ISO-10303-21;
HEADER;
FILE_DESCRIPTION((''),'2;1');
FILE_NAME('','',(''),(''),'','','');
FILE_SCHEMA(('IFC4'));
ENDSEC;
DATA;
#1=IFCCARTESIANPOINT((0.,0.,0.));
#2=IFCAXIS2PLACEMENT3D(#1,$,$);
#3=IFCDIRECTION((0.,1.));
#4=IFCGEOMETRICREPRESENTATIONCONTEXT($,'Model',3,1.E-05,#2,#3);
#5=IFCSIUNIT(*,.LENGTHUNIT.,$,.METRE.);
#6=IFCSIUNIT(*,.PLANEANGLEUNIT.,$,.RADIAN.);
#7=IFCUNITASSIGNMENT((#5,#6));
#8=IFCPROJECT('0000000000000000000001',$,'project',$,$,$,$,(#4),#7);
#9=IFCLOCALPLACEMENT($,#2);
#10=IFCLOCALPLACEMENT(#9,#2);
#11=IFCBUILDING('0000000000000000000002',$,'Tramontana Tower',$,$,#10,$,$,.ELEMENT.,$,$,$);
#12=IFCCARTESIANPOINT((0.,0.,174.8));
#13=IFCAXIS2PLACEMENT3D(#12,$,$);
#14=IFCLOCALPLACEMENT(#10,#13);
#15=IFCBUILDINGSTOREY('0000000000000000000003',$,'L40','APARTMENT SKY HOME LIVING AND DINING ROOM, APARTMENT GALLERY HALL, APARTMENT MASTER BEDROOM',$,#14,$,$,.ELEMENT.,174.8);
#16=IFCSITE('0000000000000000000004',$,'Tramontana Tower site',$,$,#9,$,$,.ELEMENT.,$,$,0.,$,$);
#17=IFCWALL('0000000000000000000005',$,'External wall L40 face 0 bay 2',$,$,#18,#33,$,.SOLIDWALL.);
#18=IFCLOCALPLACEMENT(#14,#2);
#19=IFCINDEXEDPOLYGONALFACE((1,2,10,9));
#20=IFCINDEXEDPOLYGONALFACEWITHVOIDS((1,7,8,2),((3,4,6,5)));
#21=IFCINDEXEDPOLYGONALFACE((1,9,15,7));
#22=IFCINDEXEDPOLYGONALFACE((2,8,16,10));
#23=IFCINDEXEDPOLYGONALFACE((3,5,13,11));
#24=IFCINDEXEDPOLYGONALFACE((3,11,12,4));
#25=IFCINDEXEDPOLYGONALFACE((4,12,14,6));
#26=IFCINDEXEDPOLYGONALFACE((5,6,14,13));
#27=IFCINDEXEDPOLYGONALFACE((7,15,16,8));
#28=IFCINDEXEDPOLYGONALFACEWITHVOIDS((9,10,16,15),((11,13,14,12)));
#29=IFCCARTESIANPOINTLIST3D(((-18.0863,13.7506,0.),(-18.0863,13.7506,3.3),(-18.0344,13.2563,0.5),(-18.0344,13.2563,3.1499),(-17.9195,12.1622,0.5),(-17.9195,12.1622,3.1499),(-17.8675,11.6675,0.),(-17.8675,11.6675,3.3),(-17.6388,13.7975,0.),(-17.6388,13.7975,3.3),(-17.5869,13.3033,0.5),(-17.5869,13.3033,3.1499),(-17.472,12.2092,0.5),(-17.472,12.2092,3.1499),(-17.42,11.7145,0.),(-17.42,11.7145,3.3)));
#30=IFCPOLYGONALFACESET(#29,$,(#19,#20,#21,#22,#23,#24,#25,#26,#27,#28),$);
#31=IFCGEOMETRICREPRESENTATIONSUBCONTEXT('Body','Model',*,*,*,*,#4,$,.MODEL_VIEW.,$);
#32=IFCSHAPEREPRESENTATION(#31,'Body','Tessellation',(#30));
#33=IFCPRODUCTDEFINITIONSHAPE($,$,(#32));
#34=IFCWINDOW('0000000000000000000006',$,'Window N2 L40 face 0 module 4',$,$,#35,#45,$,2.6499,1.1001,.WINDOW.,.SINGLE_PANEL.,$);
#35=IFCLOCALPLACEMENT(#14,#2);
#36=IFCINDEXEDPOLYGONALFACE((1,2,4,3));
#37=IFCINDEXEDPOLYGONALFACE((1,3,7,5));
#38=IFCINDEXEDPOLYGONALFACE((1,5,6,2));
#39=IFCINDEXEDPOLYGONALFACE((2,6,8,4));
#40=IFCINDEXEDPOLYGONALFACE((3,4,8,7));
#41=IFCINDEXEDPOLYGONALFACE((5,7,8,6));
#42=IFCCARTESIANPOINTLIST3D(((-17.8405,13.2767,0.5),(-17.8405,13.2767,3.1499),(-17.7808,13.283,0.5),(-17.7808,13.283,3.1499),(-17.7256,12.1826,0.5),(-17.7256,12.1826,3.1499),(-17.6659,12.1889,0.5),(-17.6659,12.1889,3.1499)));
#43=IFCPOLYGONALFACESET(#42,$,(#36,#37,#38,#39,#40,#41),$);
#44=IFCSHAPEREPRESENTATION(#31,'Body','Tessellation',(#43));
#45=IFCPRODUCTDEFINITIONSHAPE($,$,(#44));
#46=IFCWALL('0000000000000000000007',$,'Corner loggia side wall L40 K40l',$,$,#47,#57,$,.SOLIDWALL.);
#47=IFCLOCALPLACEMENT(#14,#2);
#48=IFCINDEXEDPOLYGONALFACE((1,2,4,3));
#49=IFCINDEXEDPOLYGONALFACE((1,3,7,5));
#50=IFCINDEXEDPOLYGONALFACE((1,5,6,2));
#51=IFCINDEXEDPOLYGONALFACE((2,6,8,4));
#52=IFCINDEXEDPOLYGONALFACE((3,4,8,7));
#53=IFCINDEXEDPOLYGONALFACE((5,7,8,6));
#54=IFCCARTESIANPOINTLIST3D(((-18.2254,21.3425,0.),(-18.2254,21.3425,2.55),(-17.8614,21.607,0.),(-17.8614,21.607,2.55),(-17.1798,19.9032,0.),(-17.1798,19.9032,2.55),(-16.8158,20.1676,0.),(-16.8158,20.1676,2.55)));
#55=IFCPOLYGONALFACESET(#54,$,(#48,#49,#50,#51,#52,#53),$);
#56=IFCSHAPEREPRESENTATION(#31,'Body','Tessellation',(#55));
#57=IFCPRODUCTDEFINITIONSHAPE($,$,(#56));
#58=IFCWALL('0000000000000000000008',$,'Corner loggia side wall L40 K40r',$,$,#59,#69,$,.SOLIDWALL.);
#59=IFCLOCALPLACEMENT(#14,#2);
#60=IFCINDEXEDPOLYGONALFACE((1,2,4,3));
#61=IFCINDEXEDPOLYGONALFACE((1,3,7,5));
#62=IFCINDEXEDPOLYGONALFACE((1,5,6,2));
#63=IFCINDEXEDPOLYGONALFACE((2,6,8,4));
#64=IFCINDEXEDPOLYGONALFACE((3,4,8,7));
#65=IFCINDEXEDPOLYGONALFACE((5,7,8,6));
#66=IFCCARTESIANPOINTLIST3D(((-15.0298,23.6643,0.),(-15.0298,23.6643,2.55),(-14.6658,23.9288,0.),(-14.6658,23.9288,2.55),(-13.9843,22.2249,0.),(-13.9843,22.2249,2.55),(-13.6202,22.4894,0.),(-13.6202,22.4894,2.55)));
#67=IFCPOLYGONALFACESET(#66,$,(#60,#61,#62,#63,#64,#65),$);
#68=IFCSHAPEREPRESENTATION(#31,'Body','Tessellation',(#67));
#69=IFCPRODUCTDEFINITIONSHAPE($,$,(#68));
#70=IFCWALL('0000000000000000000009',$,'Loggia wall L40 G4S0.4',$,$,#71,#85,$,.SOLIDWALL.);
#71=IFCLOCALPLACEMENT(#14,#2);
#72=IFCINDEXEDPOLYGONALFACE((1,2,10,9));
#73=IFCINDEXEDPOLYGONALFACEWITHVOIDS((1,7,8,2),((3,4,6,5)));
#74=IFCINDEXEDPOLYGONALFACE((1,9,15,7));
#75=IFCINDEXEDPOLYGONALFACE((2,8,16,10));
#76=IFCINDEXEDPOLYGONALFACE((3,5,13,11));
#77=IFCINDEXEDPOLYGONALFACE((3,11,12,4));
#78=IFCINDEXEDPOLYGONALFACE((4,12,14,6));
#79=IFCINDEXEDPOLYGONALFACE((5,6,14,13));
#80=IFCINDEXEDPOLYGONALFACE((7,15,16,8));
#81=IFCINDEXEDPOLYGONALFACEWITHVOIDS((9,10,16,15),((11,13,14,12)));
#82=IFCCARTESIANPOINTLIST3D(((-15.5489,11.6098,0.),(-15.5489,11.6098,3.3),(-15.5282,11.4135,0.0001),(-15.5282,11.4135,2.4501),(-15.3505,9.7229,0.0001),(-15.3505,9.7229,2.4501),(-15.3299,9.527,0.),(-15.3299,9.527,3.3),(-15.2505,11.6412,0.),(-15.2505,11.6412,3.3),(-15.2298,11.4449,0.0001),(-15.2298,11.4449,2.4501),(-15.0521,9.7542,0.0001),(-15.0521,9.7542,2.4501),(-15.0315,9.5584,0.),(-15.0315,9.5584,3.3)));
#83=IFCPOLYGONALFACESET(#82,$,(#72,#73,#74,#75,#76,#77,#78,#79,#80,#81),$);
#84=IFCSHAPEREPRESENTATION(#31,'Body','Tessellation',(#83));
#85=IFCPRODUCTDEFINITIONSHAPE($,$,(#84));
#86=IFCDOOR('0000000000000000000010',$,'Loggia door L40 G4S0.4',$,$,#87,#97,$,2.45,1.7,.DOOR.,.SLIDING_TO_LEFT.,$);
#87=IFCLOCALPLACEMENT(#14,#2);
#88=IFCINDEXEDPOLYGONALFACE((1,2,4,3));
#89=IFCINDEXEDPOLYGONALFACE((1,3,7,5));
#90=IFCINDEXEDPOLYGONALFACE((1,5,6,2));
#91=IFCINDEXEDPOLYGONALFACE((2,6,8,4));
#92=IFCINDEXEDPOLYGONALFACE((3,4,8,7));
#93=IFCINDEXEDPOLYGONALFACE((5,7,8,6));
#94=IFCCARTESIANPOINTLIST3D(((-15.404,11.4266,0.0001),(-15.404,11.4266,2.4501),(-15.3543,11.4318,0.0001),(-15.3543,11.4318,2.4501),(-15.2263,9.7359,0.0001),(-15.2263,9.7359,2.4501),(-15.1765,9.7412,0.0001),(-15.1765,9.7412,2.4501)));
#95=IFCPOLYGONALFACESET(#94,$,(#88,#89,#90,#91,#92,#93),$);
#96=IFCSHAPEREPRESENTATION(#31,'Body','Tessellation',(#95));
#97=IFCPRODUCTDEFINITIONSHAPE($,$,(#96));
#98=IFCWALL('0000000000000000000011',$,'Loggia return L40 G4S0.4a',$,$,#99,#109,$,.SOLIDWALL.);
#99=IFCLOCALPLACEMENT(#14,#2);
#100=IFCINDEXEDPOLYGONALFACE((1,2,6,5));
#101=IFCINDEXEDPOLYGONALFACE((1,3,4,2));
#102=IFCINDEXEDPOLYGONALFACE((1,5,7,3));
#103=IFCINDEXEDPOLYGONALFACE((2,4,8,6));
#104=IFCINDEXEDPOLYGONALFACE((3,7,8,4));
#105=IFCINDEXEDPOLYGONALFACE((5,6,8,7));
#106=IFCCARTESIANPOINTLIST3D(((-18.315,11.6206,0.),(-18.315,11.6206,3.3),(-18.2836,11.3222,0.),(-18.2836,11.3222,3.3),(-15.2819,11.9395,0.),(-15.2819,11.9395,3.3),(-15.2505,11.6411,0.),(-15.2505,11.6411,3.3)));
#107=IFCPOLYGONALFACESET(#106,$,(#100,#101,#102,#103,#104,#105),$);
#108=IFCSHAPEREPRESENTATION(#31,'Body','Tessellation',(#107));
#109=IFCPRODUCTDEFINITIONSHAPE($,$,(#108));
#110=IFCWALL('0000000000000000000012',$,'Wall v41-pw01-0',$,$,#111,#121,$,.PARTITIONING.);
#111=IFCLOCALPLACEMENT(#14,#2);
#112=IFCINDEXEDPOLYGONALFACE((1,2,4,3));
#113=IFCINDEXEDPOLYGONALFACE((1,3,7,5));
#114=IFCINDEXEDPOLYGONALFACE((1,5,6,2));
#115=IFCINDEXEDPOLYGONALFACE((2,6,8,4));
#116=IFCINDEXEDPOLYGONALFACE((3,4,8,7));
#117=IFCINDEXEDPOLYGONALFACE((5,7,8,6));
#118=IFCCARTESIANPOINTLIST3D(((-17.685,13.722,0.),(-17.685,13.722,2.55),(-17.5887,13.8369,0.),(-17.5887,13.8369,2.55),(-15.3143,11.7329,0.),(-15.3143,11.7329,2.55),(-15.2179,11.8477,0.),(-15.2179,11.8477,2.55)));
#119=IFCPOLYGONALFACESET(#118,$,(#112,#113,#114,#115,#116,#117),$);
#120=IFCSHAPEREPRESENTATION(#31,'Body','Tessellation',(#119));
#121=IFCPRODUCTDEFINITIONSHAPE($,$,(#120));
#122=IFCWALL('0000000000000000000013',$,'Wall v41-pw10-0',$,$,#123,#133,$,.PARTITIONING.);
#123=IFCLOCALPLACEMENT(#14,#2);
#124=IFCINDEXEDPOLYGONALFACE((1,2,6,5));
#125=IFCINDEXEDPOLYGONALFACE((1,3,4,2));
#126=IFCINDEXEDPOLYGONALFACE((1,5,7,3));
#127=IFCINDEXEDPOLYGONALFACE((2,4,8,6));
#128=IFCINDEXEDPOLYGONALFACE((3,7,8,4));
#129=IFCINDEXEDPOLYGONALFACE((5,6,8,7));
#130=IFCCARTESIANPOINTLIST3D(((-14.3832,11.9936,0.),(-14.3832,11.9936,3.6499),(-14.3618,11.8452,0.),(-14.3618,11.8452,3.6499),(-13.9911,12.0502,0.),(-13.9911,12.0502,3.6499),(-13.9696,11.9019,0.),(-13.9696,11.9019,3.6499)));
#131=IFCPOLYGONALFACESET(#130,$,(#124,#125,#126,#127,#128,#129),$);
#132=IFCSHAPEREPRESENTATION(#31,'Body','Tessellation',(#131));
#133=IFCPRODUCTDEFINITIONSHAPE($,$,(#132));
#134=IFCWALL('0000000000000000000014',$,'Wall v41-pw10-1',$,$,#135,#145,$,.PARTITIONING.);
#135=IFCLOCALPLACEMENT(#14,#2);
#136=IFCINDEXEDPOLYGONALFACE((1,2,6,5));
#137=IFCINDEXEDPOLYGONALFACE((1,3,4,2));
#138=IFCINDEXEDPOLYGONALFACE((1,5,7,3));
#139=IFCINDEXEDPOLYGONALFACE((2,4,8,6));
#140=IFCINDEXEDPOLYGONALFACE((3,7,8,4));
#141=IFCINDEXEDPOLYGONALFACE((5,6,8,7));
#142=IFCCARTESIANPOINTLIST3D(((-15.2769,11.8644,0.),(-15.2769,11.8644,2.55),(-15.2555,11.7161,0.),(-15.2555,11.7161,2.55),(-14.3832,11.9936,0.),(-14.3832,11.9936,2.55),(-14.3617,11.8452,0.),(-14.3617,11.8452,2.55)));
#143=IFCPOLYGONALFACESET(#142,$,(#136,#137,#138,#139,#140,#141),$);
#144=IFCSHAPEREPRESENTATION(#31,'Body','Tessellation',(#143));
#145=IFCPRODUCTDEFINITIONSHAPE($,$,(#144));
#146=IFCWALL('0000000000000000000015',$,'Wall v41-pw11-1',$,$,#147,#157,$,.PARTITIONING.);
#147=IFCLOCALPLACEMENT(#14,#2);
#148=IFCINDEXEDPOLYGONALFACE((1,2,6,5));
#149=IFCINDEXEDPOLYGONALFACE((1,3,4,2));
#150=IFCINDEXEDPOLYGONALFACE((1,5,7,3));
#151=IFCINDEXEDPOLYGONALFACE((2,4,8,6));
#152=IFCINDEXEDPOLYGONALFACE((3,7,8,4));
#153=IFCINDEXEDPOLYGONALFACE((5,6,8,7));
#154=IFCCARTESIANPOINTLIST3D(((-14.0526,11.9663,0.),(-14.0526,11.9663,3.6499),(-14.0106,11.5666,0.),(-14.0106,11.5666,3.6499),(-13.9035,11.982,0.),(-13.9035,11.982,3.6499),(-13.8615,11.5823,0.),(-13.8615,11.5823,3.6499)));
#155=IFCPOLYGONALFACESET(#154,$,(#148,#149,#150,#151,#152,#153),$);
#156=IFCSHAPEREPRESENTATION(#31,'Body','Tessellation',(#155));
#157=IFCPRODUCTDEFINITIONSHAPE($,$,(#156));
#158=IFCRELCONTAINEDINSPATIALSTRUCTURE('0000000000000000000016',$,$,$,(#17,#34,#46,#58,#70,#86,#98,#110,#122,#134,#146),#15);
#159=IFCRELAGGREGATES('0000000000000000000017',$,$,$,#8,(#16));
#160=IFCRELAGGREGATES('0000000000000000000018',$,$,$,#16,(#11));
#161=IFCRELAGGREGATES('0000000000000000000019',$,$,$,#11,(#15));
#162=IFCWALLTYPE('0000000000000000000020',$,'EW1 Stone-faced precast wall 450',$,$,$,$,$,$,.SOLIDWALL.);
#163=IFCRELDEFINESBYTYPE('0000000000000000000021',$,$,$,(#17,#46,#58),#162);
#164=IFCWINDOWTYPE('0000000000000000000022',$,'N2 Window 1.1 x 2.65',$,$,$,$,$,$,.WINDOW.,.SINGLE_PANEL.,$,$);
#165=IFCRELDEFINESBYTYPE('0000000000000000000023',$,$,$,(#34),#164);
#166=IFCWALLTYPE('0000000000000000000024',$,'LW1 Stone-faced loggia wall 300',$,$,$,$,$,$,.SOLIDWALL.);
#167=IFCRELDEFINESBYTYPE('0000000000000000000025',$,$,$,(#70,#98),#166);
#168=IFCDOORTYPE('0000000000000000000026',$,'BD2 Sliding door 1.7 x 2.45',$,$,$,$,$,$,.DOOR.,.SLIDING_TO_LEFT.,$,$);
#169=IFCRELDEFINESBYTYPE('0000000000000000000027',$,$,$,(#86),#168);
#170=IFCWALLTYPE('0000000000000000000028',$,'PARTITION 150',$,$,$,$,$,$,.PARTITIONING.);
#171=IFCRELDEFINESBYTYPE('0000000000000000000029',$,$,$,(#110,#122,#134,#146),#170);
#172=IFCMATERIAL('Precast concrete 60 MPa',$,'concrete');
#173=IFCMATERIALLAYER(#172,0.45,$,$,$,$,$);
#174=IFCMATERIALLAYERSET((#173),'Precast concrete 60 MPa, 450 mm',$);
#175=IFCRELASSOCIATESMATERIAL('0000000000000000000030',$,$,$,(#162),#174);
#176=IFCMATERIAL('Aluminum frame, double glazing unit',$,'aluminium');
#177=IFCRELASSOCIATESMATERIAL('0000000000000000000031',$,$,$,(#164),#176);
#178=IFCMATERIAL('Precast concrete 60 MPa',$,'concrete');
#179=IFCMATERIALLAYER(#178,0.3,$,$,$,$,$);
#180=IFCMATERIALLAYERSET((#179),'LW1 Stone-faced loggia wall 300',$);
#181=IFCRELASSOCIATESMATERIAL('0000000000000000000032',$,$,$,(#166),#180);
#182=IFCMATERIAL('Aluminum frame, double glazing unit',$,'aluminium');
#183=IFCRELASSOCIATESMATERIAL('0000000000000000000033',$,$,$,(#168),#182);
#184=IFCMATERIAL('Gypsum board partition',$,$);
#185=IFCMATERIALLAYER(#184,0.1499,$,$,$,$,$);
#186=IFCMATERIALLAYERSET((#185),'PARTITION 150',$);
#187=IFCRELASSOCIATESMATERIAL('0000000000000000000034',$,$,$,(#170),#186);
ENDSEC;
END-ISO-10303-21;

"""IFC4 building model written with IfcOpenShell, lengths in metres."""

from ifc_helpers import new_model, si_unit, direction, frame, frame_2d, origin, place, context, subcontext, project, spatial, rectangle, extrude, material, layer, layer_set, type_object, element, fill, save


model = new_model("IFC4")

# Units and contexts
model_context = context("Model", 3, precision=1e-05, world=origin(), true_north=direction((0.0, 1.0)))
body_context = subcontext(model_context, "Body", "Model", "MODEL_VIEW")
ifc_project = project(units=[si_unit("LENGTHUNIT", "METRE"), si_unit("PLANEANGLEUNIT", "RADIAN")], contexts=[model_context])

# Site, building, storey
site_placement = place(None, origin())
site = spatial("IfcSite", under=ifc_project, at=site_placement, Name="Tramontana Tower site", CompositionType="ELEMENT", RefElevation=0.0)
building_placement = place(site_placement, origin())
building = spatial("IfcBuilding", under=site, at=building_placement, Name="Tramontana Tower", CompositionType="ELEMENT")
storey_placement = place(building_placement, frame((0.0, 0.0, 174.8)))
storey = spatial("IfcBuildingStorey", under=building, at=storey_placement, Name="L40", Description="APARTMENT SKY HOME LIVING AND DINING ROOM, APARTMENT GALLERY HALL, APARTMENT MASTER BEDROOM", CompositionType="ELEMENT", Elevation=174.8)

# Shared definitions
ifc_material_1 = material(Name="Precast concrete 60 MPa", Category="concrete")
ifc_layer_1 = layer(ifc_material_1, 0.45)
ifc_layer_set_1 = layer_set([ifc_layer_1], Name="Precast concrete 60 MPa, 450 mm")
wall_type_1 = type_object("IfcWallType", Name="EW1 Stone-faced precast wall 450", PredefinedType="SOLIDWALL", material=ifc_layer_set_1)

# Wall, opening, window
wall_1_placement = place(storey_placement, frame((-17.8625, 13.7742, 0.0), z_axis=(0.0, 0.0, 1.0), x_axis=(0.104442, -0.994531, 0.0)))
wall_1 = element("IfcWall", 1, at=wall_1_placement, inside=storey, type_object=wall_type_1, Name="External wall L40 face 0 bay 2", PredefinedType="SOLIDWALL", context=body_context, shape_type="SweptSolid", body=[
    extrude(rectangle(XDim=2.0945, YDim=0.45, at=frame_2d((1.0474, 0.0))), origin(), (0.0, 0.0, 1.0), 3.3),
])
opening_1_placement = place(wall_1_placement, frame((0.4971, 0.0, 0.5)))
opening_1 = element("IfcOpeningElement", 2, at=opening_1_placement, cuts=wall_1, PredefinedType="OPENING", context=body_context, shape_type="SweptSolid", body=[
    extrude(rectangle(XDim=1.1001, YDim=2.6499, at=frame_2d((0.55, 1.325))), frame((0.0, 0.2349, 0.0), z_axis=(0.0, -1.0, 0.0), x_axis=(1.0, 0.0, 0.0)), (0.0, 0.0, 1.0), 0.47),
])
ifc_material_2 = material(Name="Aluminum frame, double glazing unit", Category="aluminium")
window_type_1 = type_object("IfcWindowType", Name="N2 Window 1.1 x 2.65", PartitioningType="SINGLE_PANEL", PredefinedType="WINDOW", material=ifc_material_2)
window_1_placement = place(opening_1_placement, origin())
window_1 = element("IfcWindow", 3, at=window_1_placement, inside=storey, type_object=window_type_1, Name="Window N2 L40 face 0 module 4", OverallHeight=2.6499, OverallWidth=1.1001, PartitioningType="SINGLE_PANEL", PredefinedType="WINDOW", context=body_context, shape_type="SweptSolid", body=[
    extrude(rectangle(XDim=1.1001, YDim=2.6499, at=frame_2d((0.55, 1.325))), frame((0.0, 0.03, 0.0), z_axis=(0.0, -1.0, 0.0), x_axis=(1.0, 0.0, 0.0)), (0.0, 0.0, 1.0), 0.0601),
])
fill(opening_1, window_1)

# Walls
for number, where, z_axis, x_axis, name in (
    (4, (-18.0435, 21.4749, 0.0), (0.0, 0.0, 1.0), (0.587723, -0.809062, 0.0), "Corner loggia side wall L40 K40l"),
    (5, (-14.8479, 23.7966, 0.0), (0.0, 0.0, 1.0), (0.587723, -0.809062, 0.0), "Corner loggia side wall L40 K40r"),
):
    element("IfcWall", number, at=place(storey_placement, frame(where, z_axis=z_axis, x_axis=x_axis)), inside=storey, type_object=wall_type_1, Name=name, PredefinedType="SOLIDWALL", context=body_context, shape_type="SweptSolid", body=[
        extrude(rectangle(XDim=1.7791, YDim=0.45, at=frame_2d((0.8896, 0.0))), origin(), (0.0, 0.0, 1.0), 2.55),
    ])

# Wall, opening, door
ifc_material_3 = material(Name="Precast concrete 60 MPa", Category="concrete")
ifc_layer_2 = layer(ifc_material_3, 0.3)
ifc_layer_set_2 = layer_set([ifc_layer_2], Name="LW1 Stone-faced loggia wall 300")
wall_type_2 = type_object("IfcWallType", Name="LW1 Stone-faced loggia wall 300", PredefinedType="SOLIDWALL", material=ifc_layer_set_2)
wall_2_placement = place(storey_placement, frame((-15.3997, 11.6255, 0.0), z_axis=(0.0, 0.0, 1.0), x_axis=(0.104569, -0.994518, 0.0)))
wall_2 = element("IfcWall", 6, at=wall_2_placement, inside=storey, type_object=wall_type_2, Name="Loggia wall L40 G4S0.4", PredefinedType="SOLIDWALL", context=body_context, shape_type="SweptSolid", body=[
    extrude(rectangle(XDim=2.0942, YDim=0.3, at=frame_2d((1.0471, 0.0))), origin(), (0.0, 0.0, 1.0), 3.3),
])
opening_2_placement = place(wall_2_placement, frame((0.1973, 0.0, 0.0)))
opening_2 = element("IfcOpeningElement", 7, at=opening_2_placement, cuts=wall_2, PredefinedType="OPENING", context=body_context, shape_type="SweptSolid", body=[
    extrude(rectangle(XDim=1.7, YDim=2.45, at=frame_2d((0.8501, 1.2251))), frame((0.0, 0.1599, 0.0), z_axis=(0.0, -1.0, 0.0), x_axis=(1.0, 0.0, 0.0)), (0.0, 0.0, 1.0), 0.3201),
])
ifc_material_4 = material(Name="Aluminum frame, double glazing unit", Category="aluminium")
door_type_1 = type_object("IfcDoorType", Name="BD2 Sliding door 1.7 x 2.45", OperationType="SLIDING_TO_LEFT", PredefinedType="DOOR", material=ifc_material_4)
door_1_placement = place(opening_2_placement, origin())
door_1 = element("IfcDoor", 8, at=door_1_placement, inside=storey, type_object=door_type_1, Name="Loggia door L40 G4S0.4", OperationType="SLIDING_TO_LEFT", OverallHeight=2.45, OverallWidth=1.7, PredefinedType="DOOR", context=body_context, shape_type="SweptSolid", body=[
    extrude(rectangle(XDim=1.7, YDim=2.45, at=frame_2d((0.8501, 1.2251))), frame((0.0, 0.0249, 0.0), z_axis=(0.0, -1.0, 0.0), x_axis=(1.0, 0.0, 0.0)), (0.0, 0.0, 1.0), 0.05),
])
fill(opening_2, door_1)

# Walls
wall_3_placement = place(storey_placement, frame((-18.2993, 11.4714, 0.0), z_axis=(0.0, 0.0, 1.0), x_axis=(0.99452, 0.104543, 0.0)))
element("IfcWall", 9, at=wall_3_placement, inside=storey, type_object=wall_type_2, Name="Loggia return L40 G4S0.4a", PredefinedType="SOLIDWALL", context=body_context, shape_type="SweptSolid", body=[
    extrude(rectangle(XDim=3.0498, YDim=0.3, at=frame_2d((1.5249, 0.0))), origin(), (0.0, 0.0, 1.0), 3.3),
])
ifc_material_5 = material(Name="Gypsum board partition")
ifc_layer_3 = layer(ifc_material_5, 0.1499)
ifc_layer_set_3 = layer_set([ifc_layer_3], Name="PARTITION 150")
wall_type_3 = type_object("IfcWallType", Name="PARTITION 150", PredefinedType="PARTITIONING", material=ifc_layer_set_3)
wall_4_placement = place(storey_placement, frame((-15.2661, 11.7903, 0.0), z_axis=(0.0, 0.0, 1.0), x_axis=(-0.766064, 0.642765, 0.0)))
element("IfcWall", 10, at=wall_4_placement, inside=storey, type_object=wall_type_3, Name="Wall v41-pw01-0", PredefinedType="PARTITIONING", context=body_context, shape_type="SweptSolid", body=[
    extrude(rectangle(XDim=3.0947, YDim=0.1499, at=frame_2d((1.5474, 0.0))), origin(), (0.0, 0.0, 1.0), 2.55),
])
wall_5_placement = place(storey_placement, frame((-13.9802, 11.9761, 0.0), z_axis=(0.0, 0.0, 1.0), x_axis=(-0.989726, -0.142974, 0.0)))
element("IfcWall", 11, at=wall_5_placement, inside=storey, type_object=wall_type_3, Name="Wall v41-pw10-0", PredefinedType="PARTITIONING", context=body_context, shape_type="SweptSolid", body=[
    extrude(rectangle(XDim=0.3962, YDim=0.1499, at=frame_2d((0.1982, 0.0))), origin(), (0.0, 0.0, 1.0), 3.6499),
])
wall_6_placement = place(storey_placement, frame((-14.3723, 11.9194, 0.0), z_axis=(0.0, 0.0, 1.0), x_axis=(-0.989721, -0.143011, 0.0)))
element("IfcWall", 12, at=wall_6_placement, inside=storey, type_object=wall_type_3, Name="Wall v41-pw10-1", PredefinedType="PARTITIONING", context=body_context, shape_type="SweptSolid", body=[
    extrude(rectangle(XDim=0.9031, YDim=0.1499, at=frame_2d((0.4517, 0.0))), origin(), (0.0, 0.0, 1.0), 2.55),
])
wall_7_placement = place(storey_placement, frame((-13.936, 11.5745, 0.0), z_axis=(0.0, 0.0, 1.0), x_axis=(-0.104495, 0.994525, 0.0)))
element("IfcWall", 13, at=wall_7_placement, inside=storey, type_object=wall_type_3, Name="Wall v41-pw11-1", PredefinedType="PARTITIONING", context=body_context, shape_type="SweptSolid", body=[
    extrude(rectangle(XDim=0.4019, YDim=0.1499, at=frame_2d((0.2009, 0.0))), origin(), (0.0, 0.0, 1.0), 3.6499),
])

save(model, "model.ifc")
